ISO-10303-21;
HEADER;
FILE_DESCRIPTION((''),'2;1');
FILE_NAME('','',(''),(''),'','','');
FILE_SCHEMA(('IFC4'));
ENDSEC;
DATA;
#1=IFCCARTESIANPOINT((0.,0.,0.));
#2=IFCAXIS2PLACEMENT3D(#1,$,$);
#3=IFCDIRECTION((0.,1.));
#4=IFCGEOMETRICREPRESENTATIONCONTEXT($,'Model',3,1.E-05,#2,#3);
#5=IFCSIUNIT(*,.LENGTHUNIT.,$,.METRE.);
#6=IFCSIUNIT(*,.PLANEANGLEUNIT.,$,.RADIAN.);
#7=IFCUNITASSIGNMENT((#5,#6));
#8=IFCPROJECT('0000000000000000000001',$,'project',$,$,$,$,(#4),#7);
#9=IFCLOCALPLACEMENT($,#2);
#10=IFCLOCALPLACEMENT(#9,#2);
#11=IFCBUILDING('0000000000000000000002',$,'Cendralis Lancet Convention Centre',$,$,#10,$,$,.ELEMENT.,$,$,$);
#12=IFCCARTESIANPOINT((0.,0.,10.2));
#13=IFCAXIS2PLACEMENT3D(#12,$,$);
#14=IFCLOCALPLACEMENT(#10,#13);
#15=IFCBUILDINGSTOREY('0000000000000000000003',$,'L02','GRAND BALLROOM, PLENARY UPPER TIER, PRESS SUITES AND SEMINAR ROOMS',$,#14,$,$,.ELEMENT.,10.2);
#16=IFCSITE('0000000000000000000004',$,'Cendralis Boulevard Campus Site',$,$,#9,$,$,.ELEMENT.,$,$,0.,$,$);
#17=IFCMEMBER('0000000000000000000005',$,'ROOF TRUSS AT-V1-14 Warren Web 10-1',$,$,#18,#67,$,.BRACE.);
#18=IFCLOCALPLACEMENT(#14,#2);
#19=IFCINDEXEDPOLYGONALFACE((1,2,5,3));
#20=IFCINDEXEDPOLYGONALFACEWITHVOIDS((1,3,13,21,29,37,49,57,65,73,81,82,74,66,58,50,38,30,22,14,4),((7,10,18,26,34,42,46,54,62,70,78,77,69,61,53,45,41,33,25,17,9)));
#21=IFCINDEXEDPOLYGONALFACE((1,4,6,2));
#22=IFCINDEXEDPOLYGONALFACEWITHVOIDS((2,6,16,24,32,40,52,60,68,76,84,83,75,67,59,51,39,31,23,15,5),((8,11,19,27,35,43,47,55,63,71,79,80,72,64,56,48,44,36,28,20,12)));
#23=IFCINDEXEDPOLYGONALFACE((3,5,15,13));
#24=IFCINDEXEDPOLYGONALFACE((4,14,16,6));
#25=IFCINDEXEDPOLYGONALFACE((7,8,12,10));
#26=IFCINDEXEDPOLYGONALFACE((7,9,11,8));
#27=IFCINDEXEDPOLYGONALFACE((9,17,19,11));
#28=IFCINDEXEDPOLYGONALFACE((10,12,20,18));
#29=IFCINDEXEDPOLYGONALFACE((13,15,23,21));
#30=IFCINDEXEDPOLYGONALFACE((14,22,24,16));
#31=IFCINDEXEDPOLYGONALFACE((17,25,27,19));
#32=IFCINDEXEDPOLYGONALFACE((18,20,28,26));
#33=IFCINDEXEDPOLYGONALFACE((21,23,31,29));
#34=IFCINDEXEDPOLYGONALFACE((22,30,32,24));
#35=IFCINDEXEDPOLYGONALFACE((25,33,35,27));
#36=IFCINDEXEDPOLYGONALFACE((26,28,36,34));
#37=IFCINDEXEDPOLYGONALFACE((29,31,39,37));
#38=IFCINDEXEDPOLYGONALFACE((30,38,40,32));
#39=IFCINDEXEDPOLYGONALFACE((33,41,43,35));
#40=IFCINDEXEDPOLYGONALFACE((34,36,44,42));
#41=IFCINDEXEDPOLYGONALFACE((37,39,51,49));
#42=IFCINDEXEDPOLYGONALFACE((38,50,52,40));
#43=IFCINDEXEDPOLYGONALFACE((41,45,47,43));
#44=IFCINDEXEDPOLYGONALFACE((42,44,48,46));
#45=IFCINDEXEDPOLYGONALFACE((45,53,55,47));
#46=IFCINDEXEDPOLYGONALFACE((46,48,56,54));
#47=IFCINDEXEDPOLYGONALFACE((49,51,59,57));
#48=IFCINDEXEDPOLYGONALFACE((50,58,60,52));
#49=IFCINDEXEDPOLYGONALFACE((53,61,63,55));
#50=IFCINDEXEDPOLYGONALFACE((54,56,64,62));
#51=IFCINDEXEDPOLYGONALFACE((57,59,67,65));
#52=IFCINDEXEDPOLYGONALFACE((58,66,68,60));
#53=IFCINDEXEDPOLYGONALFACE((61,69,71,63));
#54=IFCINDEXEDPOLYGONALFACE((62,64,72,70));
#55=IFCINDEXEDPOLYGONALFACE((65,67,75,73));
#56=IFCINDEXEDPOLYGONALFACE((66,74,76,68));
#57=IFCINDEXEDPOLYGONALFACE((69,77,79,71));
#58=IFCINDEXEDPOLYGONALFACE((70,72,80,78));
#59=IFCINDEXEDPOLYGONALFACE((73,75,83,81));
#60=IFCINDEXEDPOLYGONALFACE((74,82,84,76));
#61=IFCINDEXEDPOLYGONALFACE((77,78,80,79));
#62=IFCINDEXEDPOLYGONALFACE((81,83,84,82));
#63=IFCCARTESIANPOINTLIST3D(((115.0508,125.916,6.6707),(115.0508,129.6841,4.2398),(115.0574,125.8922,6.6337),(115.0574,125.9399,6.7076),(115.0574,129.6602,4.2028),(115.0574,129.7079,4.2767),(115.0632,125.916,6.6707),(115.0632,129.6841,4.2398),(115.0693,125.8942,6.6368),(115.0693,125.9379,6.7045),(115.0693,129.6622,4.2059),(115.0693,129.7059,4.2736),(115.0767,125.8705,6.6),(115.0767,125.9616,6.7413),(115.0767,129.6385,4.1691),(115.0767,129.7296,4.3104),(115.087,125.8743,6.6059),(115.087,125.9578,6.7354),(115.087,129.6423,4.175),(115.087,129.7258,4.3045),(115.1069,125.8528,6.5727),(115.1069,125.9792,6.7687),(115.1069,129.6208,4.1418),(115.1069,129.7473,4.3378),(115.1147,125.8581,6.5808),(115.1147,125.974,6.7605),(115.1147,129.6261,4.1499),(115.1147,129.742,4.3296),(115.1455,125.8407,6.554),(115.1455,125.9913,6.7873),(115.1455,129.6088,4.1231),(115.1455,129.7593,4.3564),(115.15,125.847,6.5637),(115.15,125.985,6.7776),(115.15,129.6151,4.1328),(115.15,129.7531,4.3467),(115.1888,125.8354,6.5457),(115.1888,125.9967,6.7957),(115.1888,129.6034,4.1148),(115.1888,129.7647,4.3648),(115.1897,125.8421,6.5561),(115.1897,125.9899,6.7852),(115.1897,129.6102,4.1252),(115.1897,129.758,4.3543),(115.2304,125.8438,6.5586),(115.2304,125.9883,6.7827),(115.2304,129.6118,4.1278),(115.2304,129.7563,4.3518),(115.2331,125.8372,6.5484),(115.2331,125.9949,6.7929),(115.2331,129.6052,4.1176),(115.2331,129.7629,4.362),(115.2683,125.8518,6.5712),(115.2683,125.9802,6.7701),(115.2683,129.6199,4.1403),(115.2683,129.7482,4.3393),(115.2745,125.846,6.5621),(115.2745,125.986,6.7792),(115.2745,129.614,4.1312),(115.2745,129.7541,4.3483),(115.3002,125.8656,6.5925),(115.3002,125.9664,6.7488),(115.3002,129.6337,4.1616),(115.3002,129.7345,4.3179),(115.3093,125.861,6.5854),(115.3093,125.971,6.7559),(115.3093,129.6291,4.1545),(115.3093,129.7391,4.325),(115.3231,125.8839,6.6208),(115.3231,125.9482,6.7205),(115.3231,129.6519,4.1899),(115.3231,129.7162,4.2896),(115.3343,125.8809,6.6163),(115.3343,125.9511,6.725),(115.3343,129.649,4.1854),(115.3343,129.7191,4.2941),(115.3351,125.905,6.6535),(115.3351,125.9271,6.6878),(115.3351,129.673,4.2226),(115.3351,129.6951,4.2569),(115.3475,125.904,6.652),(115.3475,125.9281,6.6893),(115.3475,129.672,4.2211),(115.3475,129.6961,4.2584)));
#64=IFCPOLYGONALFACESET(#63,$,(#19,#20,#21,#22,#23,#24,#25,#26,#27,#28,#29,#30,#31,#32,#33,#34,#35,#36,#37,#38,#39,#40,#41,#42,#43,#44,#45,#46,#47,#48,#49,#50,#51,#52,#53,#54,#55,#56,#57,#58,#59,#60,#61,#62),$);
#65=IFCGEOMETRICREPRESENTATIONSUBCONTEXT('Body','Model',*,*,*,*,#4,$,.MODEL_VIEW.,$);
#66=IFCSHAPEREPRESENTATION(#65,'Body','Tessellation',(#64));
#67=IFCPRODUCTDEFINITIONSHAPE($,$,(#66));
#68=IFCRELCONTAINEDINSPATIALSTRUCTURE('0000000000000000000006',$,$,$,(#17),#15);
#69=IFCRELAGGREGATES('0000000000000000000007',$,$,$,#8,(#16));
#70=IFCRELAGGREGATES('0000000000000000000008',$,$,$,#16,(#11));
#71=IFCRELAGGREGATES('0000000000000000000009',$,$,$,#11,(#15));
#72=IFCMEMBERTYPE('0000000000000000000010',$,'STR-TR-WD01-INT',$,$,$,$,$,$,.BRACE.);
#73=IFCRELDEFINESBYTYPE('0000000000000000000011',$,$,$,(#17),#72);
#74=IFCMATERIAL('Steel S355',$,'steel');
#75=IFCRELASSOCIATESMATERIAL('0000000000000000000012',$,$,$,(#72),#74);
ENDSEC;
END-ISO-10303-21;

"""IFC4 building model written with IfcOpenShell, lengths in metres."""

from ifc_helpers import new_model, si_unit, direction, frame, origin, origin_2d, place, context, subcontext, project, spatial, hollow_circle, extrude, material, material_profile, profile_set, type_object, element, save


model = new_model("IFC4")

# Units and contexts
model_context = context("Model", 3, precision=1e-05, world=origin(), true_north=direction((0.0, 1.0)))
body_context = subcontext(model_context, "Body", "Model", "MODEL_VIEW")
ifc_project = project(units=[si_unit("LENGTHUNIT", "METRE"), si_unit("PLANEANGLEUNIT", "RADIAN")], contexts=[model_context])

# Site, building, storey
site_placement = place(None, origin())
site = spatial("IfcSite", under=ifc_project, at=site_placement, Name="Cendralis Boulevard Campus Site", CompositionType="ELEMENT", RefElevation=0.0)
building_placement = place(site_placement, origin())
building = spatial("IfcBuilding", under=site, at=building_placement, Name="Cendralis Lancet Convention Centre", CompositionType="ELEMENT")
storey_placement = place(building_placement, frame((0.0, 0.0, 10.2)))
storey = spatial("IfcBuildingStorey", under=building, at=storey_placement, Name="L02", Description="GRAND BALLROOM, PLENARY UPPER TIER, PRESS SUITES AND SEMINAR ROOMS", CompositionType="ELEMENT", Elevation=10.2)

# Member
ifc_material_1 = material(Name="Steel S355", Category="steel")
ifc_material_profile_1 = material_profile(ifc_material_1, hollow_circle(Radius=0.1492, WallThickness=0.0125, at=origin_2d()), Name="CHS 298.5x12.5")
ifc_profile_set_1 = profile_set([ifc_material_profile_1], Name="Steel S355")
member_type_1 = type_object("IfcMemberType", Name="STR-TR-WD01-INT", PredefinedType="BRACE", material=ifc_profile_set_1)
member_1_placement = place(storey_placement, frame((115.2, 125.916, 6.6707), z_axis=(0.0, 0.840307, -0.542111), x_axis=(-1.0, 0.0, 0.0)))
element("IfcMember", 1, at=member_1_placement, inside=storey, type_object=member_type_1, Name="ROOF TRUSS AT-V1-14 Warren Web 10-1", PredefinedType="BRACE", context=body_context, shape_type="SweptSolid", body=[
    extrude(hollow_circle(Radius=0.1492, WallThickness=0.0125, at=origin_2d()), origin(), (0.0, 0.0, 1.0), 4.4841),
])

save(model, "model.ifc")
